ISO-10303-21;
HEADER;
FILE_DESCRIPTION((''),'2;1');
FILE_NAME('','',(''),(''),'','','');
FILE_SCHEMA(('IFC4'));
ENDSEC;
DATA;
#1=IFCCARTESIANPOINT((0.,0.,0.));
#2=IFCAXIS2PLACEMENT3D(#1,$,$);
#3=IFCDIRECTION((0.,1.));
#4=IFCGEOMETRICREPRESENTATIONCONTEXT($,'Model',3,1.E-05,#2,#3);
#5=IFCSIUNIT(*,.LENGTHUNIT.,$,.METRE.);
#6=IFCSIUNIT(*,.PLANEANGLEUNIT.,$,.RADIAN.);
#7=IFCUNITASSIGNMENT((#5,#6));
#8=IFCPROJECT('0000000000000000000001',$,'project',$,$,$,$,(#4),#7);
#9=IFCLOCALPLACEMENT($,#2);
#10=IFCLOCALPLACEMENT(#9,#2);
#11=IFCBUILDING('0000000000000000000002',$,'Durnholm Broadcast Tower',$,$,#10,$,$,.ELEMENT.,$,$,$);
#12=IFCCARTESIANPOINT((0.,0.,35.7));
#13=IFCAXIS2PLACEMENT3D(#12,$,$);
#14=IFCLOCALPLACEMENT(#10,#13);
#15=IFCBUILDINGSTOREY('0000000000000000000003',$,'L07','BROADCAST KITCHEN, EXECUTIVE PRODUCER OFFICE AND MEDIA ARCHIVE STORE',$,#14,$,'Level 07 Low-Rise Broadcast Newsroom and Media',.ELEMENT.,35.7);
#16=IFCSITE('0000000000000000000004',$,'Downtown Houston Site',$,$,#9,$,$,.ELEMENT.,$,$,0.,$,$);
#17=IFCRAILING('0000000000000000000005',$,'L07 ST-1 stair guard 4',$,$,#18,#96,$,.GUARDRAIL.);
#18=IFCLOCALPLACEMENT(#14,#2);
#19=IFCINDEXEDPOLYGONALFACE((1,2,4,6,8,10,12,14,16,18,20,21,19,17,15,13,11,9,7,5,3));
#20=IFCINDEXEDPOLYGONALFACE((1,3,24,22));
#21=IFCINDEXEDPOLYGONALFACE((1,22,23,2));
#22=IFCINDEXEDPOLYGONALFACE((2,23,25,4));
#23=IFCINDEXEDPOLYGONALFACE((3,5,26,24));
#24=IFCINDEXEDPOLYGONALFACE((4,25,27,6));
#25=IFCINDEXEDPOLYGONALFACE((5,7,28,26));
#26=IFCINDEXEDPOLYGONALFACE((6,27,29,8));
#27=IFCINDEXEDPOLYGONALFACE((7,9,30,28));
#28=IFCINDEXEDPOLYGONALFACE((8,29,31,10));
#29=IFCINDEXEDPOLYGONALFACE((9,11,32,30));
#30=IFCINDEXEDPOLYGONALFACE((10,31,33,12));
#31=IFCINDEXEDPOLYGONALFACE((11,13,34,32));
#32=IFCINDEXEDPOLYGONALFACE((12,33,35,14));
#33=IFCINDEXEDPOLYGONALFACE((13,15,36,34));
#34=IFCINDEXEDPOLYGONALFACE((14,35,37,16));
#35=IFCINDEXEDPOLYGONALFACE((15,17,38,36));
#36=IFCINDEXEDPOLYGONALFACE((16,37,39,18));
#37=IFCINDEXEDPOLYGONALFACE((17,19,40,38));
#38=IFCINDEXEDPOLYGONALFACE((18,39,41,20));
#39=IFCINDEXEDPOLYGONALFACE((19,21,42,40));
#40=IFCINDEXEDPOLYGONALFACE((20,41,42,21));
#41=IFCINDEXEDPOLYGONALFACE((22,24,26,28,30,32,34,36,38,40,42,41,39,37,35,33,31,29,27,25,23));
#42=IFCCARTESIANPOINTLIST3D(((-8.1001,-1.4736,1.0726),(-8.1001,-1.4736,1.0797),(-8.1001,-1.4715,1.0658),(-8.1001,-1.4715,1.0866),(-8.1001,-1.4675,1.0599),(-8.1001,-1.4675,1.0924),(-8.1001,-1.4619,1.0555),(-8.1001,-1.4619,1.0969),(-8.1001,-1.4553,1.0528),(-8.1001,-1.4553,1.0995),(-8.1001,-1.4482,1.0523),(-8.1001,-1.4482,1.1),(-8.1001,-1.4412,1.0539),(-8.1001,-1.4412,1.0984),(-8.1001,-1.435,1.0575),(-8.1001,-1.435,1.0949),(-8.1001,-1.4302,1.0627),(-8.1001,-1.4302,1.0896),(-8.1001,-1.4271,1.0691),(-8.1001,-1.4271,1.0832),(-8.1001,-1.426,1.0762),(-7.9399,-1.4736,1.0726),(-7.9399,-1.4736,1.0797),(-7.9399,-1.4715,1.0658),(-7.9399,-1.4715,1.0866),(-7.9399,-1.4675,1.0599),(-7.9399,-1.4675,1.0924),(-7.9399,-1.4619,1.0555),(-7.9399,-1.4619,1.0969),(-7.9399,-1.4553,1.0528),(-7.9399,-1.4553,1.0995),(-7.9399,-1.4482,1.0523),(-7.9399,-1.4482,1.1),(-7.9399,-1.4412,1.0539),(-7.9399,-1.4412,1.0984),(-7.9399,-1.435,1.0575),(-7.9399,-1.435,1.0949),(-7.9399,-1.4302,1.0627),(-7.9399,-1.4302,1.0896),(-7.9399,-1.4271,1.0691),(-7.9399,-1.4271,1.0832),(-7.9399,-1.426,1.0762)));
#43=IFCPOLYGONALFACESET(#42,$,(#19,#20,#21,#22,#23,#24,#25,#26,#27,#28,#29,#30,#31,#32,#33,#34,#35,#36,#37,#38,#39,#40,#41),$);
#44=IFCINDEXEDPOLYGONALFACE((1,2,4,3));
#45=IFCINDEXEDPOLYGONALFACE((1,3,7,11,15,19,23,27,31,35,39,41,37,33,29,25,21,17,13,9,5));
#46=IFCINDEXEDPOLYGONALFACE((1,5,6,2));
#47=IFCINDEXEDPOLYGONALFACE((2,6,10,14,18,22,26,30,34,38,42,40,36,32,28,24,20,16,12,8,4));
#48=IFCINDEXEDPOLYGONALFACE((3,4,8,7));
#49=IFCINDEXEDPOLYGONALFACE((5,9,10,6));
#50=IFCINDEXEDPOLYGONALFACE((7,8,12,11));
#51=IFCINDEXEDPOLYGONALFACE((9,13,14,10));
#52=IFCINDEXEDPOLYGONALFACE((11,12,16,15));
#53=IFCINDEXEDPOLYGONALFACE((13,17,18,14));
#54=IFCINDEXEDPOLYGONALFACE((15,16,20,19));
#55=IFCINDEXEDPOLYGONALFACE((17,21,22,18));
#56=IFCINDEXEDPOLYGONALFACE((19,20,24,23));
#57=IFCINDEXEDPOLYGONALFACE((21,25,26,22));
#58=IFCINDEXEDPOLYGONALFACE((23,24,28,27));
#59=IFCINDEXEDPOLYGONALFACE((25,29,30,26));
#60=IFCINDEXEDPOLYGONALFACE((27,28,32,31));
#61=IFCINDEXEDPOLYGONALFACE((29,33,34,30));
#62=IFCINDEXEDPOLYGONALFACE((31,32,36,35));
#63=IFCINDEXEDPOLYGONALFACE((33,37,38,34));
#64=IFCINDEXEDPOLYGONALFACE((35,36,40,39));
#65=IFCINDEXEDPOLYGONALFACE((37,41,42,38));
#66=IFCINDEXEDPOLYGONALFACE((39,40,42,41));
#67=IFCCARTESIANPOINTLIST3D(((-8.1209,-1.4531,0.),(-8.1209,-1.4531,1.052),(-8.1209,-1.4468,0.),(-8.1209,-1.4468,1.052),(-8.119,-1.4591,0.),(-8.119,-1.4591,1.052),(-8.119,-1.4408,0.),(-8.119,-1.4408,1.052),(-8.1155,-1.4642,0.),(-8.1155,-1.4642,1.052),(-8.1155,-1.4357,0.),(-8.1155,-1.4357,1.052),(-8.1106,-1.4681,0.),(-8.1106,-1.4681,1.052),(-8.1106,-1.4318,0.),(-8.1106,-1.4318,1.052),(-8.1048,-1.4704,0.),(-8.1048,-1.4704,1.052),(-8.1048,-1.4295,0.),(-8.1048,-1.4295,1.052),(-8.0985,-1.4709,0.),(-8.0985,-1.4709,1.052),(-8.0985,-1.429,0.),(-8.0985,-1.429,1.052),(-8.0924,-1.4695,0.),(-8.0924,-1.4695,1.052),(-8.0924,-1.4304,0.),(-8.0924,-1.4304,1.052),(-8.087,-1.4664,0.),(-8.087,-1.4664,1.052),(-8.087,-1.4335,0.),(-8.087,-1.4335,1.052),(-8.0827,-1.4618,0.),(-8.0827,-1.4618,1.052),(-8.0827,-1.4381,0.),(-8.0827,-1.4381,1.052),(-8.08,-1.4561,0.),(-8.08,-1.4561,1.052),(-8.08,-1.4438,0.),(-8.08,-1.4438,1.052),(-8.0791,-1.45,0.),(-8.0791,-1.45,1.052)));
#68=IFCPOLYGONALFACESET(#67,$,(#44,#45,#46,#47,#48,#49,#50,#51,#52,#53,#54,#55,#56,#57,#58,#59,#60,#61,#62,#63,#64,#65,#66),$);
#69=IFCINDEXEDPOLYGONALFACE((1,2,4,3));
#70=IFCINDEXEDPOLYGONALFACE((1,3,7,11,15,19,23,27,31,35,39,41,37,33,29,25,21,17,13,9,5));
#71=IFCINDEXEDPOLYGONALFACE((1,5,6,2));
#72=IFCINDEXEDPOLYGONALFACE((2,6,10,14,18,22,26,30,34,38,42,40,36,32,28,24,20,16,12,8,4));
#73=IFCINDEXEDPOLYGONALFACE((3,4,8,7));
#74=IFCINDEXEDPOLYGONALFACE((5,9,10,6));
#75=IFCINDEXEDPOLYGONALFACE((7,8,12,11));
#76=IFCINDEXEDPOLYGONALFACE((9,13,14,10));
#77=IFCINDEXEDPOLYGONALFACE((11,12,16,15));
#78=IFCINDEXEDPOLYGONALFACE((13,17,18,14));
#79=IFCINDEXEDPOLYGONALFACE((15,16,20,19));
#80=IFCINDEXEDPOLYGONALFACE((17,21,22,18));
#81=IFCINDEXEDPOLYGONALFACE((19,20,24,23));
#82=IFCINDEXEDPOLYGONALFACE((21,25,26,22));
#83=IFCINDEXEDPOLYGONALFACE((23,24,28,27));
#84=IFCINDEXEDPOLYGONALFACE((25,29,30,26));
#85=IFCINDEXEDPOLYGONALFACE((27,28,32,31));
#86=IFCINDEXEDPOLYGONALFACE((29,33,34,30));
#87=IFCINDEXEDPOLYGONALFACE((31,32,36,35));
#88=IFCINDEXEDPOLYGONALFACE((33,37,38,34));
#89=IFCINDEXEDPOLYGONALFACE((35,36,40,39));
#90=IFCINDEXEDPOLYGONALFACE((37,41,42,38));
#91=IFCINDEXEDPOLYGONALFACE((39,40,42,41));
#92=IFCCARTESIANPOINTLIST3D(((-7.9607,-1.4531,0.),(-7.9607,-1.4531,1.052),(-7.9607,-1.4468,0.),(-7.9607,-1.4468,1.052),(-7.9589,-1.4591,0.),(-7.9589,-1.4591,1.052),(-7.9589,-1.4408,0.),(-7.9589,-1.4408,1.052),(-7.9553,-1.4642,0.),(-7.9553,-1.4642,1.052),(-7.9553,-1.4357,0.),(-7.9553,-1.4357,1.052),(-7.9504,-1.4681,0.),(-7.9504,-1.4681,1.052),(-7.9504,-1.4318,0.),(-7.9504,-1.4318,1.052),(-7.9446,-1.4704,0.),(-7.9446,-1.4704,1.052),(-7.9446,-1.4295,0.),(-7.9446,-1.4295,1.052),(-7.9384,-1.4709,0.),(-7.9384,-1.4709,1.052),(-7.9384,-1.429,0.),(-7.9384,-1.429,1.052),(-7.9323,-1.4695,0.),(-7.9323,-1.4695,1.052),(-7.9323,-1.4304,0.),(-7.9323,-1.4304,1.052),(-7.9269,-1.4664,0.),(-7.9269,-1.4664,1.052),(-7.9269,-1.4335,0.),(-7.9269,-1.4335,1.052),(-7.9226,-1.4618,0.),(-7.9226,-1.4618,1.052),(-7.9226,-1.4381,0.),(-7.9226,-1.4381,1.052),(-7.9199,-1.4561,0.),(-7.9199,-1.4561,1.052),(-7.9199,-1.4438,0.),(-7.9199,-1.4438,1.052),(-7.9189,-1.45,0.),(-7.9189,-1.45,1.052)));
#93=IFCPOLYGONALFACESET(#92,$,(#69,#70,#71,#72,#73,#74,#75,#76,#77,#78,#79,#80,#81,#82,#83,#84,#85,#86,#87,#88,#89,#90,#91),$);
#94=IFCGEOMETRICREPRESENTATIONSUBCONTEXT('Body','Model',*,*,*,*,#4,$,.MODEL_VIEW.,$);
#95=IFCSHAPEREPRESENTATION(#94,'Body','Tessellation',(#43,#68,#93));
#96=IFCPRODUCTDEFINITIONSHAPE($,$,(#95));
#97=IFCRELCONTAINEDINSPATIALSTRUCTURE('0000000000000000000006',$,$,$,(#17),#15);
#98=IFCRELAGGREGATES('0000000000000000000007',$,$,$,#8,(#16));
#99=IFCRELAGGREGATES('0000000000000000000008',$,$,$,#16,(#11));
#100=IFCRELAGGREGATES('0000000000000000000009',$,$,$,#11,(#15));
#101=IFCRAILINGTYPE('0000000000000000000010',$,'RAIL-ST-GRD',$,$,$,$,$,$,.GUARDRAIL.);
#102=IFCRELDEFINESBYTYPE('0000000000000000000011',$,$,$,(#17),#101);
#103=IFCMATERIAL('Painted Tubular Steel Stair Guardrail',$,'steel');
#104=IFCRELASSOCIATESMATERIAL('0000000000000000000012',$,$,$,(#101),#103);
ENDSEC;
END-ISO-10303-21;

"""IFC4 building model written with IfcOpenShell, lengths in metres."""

from ifc_helpers import new_model, si_unit, direction, frame, origin, origin_2d, place, context, subcontext, project, spatial, circle, extrude, material, type_object, element, save


model = new_model("IFC4")

# Units and contexts
model_context = context("Model", 3, precision=1e-05, world=origin(), true_north=direction((0.0, 1.0)))
body_context = subcontext(model_context, "Body", "Model", "MODEL_VIEW")
ifc_project = project(units=[si_unit("LENGTHUNIT", "METRE"), si_unit("PLANEANGLEUNIT", "RADIAN")], contexts=[model_context])

# Site, building, storey
site_placement = place(None, origin())
site = spatial("IfcSite", under=ifc_project, at=site_placement, Name="Downtown Houston Site", CompositionType="ELEMENT", RefElevation=0.0)
building_placement = place(site_placement, origin())
building = spatial("IfcBuilding", under=site, at=building_placement, Name="Durnholm Broadcast Tower", CompositionType="ELEMENT")
storey_placement = place(building_placement, frame((0.0, 0.0, 35.7)))
storey = spatial("IfcBuildingStorey", under=building, at=storey_placement, Name="L07", Description="BROADCAST KITCHEN, EXECUTIVE PRODUCER OFFICE AND MEDIA ARCHIVE STORE", LongName="Level 07 Low-Rise Broadcast Newsroom and Media", CompositionType="ELEMENT", Elevation=35.7)

# Railing
ifc_material_1 = material(Name="Painted Tubular Steel Stair Guardrail", Category="steel")
railing_type_1 = type_object("IfcRailingType", Name="RAIL-ST-GRD", PredefinedType="GUARDRAIL", material=ifc_material_1)
railing_1_placement = place(storey_placement, frame((-8.1001, -1.45, 0.0)))
element("IfcRailing", 1, at=railing_1_placement, inside=storey, type_object=railing_type_1, Name="L07 ST-1 stair guard 4", PredefinedType="GUARDRAIL", context=body_context, shape_type="SweptSolid", body=[
    extrude(circle(Radius=0.0239, at=origin_2d()), frame((0.0, 0.0, 1.0762), z_axis=(1.0, 0.0, 0.0), x_axis=(0.0, 1.0, 0.0)), (0.0, 0.0, 1.0), 0.1602),
    extrude(circle(Radius=0.021, at=origin_2d()), origin(), (0.0, 0.0, 1.0), 1.052),
    extrude(circle(Radius=0.021, at=origin_2d()), frame((0.1602, 0.0, 0.0)), (0.0, 0.0, 1.0), 1.052),
])

save(model, "model.ifc")
